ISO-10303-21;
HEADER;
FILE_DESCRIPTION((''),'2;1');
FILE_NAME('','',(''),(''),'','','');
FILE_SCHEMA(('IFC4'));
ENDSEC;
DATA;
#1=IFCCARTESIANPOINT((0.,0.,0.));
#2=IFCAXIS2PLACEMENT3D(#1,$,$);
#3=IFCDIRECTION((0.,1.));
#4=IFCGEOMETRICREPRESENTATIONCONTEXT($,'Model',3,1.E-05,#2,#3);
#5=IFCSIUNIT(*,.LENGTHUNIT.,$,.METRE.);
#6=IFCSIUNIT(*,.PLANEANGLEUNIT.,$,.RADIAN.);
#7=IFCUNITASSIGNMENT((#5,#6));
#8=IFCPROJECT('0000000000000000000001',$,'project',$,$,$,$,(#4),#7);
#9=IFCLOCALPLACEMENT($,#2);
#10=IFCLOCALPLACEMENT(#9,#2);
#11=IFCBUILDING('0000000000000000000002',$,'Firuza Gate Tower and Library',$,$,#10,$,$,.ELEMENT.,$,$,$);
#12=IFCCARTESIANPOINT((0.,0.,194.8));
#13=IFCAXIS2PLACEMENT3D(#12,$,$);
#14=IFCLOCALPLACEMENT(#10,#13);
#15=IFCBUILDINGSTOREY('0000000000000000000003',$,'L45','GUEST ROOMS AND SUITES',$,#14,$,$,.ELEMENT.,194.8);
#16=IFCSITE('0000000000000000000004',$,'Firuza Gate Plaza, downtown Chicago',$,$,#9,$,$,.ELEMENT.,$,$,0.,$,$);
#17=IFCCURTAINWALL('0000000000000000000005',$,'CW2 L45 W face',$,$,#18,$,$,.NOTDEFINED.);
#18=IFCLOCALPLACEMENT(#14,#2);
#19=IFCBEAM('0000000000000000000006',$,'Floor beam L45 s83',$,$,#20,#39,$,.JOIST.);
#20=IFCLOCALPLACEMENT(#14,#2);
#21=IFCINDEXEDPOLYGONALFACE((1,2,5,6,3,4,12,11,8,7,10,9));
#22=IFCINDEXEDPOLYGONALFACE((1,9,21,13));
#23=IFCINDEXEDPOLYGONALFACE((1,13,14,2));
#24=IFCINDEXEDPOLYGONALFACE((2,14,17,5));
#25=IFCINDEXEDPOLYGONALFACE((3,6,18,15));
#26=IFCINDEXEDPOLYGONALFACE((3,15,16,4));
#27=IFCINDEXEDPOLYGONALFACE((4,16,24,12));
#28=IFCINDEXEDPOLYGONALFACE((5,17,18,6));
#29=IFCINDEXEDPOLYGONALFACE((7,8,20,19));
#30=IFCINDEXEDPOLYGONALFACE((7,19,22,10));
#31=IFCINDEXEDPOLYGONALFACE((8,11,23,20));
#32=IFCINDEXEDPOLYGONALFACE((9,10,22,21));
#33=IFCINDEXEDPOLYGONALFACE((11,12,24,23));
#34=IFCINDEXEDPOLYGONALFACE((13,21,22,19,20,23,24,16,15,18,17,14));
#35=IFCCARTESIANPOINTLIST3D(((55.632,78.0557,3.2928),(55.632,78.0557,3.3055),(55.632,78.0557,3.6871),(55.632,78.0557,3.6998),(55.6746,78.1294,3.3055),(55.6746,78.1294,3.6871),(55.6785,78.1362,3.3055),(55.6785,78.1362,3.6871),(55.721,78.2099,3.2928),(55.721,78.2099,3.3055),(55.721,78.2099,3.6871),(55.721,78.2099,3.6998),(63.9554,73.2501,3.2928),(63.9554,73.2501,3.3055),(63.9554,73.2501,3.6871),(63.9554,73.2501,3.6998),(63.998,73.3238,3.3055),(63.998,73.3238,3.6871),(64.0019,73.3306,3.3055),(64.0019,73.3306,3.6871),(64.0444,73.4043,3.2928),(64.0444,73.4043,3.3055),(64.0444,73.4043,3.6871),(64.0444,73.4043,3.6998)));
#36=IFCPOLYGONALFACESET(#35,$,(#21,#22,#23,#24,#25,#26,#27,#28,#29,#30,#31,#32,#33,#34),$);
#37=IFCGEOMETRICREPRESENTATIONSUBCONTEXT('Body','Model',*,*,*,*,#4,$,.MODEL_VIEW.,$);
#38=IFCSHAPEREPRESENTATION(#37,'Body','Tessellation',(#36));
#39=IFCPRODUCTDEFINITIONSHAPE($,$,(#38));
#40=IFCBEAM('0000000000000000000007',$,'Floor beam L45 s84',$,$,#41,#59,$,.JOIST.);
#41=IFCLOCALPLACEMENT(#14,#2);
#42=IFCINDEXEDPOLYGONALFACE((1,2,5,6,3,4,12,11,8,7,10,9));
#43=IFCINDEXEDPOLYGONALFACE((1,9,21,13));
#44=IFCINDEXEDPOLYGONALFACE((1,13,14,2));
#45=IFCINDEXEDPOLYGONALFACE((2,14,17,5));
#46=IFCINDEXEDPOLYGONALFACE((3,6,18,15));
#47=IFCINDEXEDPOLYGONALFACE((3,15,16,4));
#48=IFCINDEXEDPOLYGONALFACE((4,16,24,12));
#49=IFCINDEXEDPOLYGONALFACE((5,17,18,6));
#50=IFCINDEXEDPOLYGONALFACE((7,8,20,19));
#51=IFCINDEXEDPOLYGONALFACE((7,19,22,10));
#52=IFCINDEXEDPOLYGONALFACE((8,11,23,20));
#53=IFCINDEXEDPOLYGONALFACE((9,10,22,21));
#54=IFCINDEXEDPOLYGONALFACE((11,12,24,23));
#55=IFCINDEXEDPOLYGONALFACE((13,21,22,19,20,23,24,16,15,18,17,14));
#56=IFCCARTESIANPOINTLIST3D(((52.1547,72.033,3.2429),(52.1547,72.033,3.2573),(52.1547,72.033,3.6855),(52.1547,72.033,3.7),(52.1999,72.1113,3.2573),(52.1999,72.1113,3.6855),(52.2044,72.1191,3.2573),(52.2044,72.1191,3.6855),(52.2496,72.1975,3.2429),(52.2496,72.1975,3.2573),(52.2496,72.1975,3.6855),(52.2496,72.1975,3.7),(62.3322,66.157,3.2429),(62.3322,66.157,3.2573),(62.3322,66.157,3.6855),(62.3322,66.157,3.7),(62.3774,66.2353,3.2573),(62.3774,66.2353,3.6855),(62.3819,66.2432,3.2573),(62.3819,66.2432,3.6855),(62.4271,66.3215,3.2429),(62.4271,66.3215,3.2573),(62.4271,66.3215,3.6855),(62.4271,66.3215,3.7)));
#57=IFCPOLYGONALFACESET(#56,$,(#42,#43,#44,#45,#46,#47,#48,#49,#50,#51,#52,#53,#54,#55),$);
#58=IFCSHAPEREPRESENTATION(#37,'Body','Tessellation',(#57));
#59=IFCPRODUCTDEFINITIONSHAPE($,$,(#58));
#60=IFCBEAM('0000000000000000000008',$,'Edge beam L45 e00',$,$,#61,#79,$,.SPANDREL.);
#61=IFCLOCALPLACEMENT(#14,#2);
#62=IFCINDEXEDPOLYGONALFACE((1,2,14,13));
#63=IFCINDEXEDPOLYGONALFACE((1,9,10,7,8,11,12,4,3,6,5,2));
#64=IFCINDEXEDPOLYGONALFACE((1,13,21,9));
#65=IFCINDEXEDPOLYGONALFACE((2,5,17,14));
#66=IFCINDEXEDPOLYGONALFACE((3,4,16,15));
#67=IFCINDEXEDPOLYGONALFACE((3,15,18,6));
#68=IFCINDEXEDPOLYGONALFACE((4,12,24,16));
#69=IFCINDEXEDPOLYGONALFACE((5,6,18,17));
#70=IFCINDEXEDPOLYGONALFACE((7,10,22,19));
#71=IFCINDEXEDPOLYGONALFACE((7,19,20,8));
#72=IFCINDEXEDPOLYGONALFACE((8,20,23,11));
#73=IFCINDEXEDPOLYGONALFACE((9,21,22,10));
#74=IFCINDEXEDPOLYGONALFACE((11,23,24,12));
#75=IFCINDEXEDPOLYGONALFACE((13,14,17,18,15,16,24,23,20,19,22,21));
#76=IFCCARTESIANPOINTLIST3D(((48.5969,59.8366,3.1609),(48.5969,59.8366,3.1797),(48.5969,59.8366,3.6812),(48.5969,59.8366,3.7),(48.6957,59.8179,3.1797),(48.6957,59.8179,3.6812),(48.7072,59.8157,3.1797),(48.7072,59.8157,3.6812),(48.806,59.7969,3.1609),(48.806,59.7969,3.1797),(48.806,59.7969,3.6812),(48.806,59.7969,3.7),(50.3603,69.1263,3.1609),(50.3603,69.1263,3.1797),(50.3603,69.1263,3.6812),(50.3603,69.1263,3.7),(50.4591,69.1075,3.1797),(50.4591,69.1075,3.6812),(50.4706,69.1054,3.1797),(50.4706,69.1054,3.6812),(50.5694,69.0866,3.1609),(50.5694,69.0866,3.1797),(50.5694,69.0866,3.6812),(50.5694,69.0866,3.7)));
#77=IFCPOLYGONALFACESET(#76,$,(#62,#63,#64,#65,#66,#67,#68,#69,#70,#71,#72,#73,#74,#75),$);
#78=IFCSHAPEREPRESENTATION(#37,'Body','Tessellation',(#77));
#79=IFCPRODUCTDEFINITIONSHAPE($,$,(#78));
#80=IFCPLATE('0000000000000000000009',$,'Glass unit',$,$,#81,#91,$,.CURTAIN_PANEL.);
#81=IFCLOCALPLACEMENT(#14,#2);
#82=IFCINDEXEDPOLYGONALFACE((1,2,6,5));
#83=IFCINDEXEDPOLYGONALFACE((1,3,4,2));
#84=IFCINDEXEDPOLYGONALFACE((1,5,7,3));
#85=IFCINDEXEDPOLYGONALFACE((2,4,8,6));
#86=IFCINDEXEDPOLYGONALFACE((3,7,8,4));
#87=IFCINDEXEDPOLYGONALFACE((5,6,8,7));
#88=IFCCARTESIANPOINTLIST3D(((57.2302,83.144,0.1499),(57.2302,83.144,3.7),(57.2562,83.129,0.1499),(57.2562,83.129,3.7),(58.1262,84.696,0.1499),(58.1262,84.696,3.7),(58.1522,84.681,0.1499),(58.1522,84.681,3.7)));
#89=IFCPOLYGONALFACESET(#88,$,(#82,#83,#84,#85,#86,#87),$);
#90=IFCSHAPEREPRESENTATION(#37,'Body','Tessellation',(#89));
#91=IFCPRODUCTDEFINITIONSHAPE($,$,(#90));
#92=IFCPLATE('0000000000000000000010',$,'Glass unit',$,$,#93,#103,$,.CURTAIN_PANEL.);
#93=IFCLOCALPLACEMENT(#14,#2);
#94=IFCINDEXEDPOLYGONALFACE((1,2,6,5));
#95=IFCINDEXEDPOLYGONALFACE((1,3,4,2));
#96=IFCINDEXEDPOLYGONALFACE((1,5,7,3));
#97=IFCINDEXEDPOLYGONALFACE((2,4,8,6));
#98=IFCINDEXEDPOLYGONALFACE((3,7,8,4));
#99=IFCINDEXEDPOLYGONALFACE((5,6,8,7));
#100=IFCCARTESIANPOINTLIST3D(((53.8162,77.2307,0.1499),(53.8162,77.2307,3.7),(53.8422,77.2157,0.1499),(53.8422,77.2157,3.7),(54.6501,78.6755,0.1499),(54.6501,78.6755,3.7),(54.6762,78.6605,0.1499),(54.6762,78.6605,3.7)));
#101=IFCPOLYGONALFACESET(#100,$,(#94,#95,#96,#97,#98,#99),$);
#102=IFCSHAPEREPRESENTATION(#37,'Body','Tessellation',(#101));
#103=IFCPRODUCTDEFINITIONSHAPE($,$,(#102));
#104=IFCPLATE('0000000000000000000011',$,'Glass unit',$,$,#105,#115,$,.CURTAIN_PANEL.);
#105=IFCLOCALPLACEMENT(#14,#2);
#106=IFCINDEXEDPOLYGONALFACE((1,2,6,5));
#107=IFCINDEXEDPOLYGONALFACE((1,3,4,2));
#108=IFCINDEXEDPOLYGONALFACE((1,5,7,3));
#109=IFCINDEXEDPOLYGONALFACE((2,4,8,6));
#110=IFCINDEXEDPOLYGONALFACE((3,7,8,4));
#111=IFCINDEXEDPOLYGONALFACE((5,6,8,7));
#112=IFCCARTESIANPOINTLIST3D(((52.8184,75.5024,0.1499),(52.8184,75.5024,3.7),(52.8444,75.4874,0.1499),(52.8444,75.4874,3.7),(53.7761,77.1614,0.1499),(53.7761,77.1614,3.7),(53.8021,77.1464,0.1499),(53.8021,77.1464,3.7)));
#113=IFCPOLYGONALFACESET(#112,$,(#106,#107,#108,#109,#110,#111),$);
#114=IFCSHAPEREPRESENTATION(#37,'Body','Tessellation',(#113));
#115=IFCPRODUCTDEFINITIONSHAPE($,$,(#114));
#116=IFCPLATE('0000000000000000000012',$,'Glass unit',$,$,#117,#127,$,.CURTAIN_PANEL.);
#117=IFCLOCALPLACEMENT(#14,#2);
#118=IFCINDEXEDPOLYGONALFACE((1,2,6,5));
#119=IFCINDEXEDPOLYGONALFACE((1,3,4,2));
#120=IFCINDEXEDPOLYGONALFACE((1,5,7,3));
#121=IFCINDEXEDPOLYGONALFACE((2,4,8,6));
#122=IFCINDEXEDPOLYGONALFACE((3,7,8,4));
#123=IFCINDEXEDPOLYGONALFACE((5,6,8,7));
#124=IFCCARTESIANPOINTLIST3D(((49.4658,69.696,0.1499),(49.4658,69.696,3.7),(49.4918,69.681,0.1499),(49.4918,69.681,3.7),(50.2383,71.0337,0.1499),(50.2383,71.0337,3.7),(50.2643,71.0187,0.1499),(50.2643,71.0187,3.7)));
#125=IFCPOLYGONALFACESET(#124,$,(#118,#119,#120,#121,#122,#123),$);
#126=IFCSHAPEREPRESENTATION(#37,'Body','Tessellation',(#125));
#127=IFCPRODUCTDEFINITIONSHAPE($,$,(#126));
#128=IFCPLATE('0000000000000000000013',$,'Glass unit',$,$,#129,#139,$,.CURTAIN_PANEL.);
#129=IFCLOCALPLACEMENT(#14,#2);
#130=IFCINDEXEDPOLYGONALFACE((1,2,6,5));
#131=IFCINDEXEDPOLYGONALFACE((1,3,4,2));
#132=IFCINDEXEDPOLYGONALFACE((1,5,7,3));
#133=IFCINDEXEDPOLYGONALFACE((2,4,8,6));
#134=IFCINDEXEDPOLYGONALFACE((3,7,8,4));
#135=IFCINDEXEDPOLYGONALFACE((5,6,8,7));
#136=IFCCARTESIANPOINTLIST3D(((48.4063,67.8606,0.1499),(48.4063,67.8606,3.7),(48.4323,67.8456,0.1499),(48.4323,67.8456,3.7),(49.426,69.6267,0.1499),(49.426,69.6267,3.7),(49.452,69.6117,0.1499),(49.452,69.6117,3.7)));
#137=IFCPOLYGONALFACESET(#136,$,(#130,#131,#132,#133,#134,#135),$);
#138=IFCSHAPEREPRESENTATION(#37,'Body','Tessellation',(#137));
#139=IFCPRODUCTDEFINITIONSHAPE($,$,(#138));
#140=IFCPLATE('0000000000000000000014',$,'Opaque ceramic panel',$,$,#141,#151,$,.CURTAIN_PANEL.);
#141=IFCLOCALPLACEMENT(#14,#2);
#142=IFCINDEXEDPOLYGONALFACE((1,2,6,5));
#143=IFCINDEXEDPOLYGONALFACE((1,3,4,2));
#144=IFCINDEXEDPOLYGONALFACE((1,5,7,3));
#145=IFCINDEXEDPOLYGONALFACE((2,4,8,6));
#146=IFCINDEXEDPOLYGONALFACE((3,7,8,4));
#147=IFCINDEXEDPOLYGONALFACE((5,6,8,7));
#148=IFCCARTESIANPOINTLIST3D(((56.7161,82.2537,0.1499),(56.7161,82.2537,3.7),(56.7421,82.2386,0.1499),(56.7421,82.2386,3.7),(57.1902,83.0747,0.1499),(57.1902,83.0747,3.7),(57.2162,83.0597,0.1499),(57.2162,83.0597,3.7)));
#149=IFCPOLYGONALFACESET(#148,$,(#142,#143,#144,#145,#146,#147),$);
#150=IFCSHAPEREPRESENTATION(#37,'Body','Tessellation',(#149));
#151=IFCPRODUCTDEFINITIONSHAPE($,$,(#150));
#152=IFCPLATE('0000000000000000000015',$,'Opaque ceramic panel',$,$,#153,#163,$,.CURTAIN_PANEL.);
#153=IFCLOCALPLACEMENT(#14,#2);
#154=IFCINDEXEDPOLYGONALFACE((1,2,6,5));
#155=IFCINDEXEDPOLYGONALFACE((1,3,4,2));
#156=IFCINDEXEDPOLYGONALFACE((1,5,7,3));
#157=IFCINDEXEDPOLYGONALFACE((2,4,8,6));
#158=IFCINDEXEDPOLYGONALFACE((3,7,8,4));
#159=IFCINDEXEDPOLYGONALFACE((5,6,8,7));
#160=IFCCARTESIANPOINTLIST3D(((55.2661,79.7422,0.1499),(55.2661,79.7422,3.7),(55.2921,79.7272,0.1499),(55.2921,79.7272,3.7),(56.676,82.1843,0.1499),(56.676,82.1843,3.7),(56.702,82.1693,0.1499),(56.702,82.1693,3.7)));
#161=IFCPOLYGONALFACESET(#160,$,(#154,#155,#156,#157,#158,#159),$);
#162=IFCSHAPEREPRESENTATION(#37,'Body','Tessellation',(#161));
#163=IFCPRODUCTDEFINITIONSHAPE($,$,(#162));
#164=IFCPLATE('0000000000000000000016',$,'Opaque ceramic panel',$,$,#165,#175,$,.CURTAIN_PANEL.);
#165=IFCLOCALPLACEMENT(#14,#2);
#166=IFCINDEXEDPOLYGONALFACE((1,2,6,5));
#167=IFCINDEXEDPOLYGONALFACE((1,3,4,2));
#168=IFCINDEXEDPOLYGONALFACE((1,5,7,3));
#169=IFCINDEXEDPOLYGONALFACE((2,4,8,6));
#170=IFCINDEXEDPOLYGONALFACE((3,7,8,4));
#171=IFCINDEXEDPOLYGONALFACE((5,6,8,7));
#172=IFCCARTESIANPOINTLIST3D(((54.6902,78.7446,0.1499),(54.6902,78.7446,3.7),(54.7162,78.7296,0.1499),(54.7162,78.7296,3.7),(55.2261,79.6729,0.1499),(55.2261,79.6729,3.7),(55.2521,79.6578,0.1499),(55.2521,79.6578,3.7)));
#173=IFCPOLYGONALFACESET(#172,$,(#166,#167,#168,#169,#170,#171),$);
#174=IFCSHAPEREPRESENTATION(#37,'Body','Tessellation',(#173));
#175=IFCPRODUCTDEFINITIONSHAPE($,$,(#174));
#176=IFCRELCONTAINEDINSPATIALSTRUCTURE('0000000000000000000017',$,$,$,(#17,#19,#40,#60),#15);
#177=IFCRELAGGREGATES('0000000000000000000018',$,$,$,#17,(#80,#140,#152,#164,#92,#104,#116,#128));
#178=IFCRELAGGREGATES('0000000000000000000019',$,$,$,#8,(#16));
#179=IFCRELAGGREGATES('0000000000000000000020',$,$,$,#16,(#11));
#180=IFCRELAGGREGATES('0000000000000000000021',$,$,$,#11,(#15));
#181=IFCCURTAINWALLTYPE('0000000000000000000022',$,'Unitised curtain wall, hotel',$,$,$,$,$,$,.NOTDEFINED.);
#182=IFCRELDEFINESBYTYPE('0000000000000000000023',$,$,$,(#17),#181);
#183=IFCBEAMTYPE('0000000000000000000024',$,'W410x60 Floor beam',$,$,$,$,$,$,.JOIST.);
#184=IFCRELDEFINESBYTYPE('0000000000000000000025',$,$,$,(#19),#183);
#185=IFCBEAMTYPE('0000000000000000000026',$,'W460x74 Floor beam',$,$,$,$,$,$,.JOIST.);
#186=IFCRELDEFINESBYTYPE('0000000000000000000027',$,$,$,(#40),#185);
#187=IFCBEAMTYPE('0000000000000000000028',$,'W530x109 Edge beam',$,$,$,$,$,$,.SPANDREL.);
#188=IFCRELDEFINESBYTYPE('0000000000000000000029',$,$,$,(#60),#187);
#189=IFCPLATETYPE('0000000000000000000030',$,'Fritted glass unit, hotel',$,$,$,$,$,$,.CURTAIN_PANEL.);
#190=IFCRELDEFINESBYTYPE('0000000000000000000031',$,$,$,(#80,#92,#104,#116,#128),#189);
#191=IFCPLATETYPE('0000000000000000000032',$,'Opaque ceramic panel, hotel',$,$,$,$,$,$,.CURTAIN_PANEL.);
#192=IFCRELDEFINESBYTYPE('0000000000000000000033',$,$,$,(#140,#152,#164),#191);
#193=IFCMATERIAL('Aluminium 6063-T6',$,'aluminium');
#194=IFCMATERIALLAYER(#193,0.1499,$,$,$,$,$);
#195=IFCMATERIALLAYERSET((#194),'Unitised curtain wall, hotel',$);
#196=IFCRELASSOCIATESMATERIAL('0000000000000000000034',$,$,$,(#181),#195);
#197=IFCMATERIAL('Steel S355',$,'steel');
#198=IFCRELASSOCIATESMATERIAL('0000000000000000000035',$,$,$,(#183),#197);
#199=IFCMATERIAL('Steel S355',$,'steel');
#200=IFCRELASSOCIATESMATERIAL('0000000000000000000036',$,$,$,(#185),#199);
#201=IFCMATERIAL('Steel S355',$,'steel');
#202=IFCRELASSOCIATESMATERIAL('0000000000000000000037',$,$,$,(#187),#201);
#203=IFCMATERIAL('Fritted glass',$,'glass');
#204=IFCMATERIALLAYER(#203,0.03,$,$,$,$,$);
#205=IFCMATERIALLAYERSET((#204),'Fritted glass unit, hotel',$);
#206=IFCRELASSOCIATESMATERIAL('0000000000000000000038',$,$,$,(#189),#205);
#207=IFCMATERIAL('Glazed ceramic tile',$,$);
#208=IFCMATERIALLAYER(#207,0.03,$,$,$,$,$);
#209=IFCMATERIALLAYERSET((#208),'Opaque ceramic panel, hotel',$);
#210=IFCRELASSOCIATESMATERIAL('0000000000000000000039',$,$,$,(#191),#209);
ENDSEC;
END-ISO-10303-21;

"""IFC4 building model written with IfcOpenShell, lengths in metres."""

from ifc_helpers import new_model, si_unit, direction, frame, origin, origin_2d, place, context, subcontext, project, spatial, polyline, i_section, outline, extrude, material, layer, layer_set, material_profile, profile_set, type_object, element, aggregate, save


model = new_model("IFC4")

# Units and contexts
model_context = context("Model", 3, precision=1e-05, world=origin(), true_north=direction((0.0, 1.0)))
body_context = subcontext(model_context, "Body", "Model", "MODEL_VIEW")
ifc_project = project(units=[si_unit("LENGTHUNIT", "METRE"), si_unit("PLANEANGLEUNIT", "RADIAN")], contexts=[model_context])

# Site, building, storey
site_placement = place(None, origin())
site = spatial("IfcSite", under=ifc_project, at=site_placement, Name="Firuza Gate Plaza, downtown Chicago", CompositionType="ELEMENT", RefElevation=0.0)
building_placement = place(site_placement, origin())
building = spatial("IfcBuilding", under=site, at=building_placement, Name="Firuza Gate Tower and Library", CompositionType="ELEMENT")
storey_placement = place(building_placement, frame((0.0, 0.0, 194.8)))
storey = spatial("IfcBuildingStorey", under=building, at=storey_placement, Name="L45", Description="GUEST ROOMS AND SUITES", CompositionType="ELEMENT", Elevation=194.8)

# Curtain wall
ifc_material_1 = material(Name="Aluminium 6063-T6", Category="aluminium")
ifc_layer_1 = layer(ifc_material_1, 0.1499)
ifc_layer_set_1 = layer_set([ifc_layer_1], Name="Unitised curtain wall, hotel")
curtain_wall_type = type_object("IfcCurtainWallType", Name="Unitised curtain wall, hotel", PredefinedType="NOTDEFINED", material=ifc_layer_set_1)
curtain_wall_placement = place(storey_placement, origin())
curtain_wall = element("IfcCurtainWall", 1, at=curtain_wall_placement, inside=storey, type_object=curtain_wall_type, Name="CW2 L45 W face", PredefinedType="NOTDEFINED")

# Beams
ifc_material_2 = material(Name="Steel S355", Category="steel")
ifc_material_profile_1 = material_profile(ifc_material_2, i_section(OverallWidth=0.178, OverallDepth=0.407, WebThickness=0.0078, FlangeThickness=0.0127, at=origin_2d()))
ifc_profile_set_1 = profile_set([ifc_material_profile_1], Name="Steel S355")
beam_type_1 = type_object("IfcBeamType", Name="W410x60 Floor beam", PredefinedType="JOIST", material=ifc_profile_set_1)
beam_1_placement = place(storey_placement, frame((55.6765, 78.1328, 3.4963), z_axis=(0.866021, -0.500008, 0.0), x_axis=(0.500008, 0.866021, 0.0)))
element("IfcBeam", 2, at=beam_1_placement, inside=storey, type_object=beam_type_1, Name="Floor beam L45 s83", PredefinedType="JOIST", context=body_context, shape_type="SweptSolid", body=[
    extrude(i_section(OverallWidth=0.178, OverallDepth=0.407, WebThickness=0.0078, FlangeThickness=0.0127, at=origin_2d()), origin(), (0.0, 0.0, 1.0), 9.6111),
])
ifc_material_3 = material(Name="Steel S355", Category="steel")
ifc_material_profile_2 = material_profile(ifc_material_3, i_section(OverallWidth=0.1899, OverallDepth=0.457, WebThickness=0.009, FlangeThickness=0.0144, at=origin_2d()))
ifc_profile_set_2 = profile_set([ifc_material_profile_2], Name="Steel S355")
beam_type_2 = type_object("IfcBeamType", Name="W460x74 Floor beam", PredefinedType="JOIST", material=ifc_profile_set_2)
beam_2_placement = place(storey_placement, frame((52.2021, 72.1152, 3.4714), z_axis=(0.866025, -0.5, 0.0), x_axis=(0.5, 0.866025, 0.0)))
element("IfcBeam", 3, at=beam_2_placement, inside=storey, type_object=beam_type_2, Name="Floor beam L45 s84", PredefinedType="JOIST", context=body_context, shape_type="SweptSolid", body=[
    extrude(i_section(OverallWidth=0.1899, OverallDepth=0.457, WebThickness=0.009, FlangeThickness=0.0144, at=origin_2d()), origin(), (0.0, 0.0, 1.0), 11.752),
])
ifc_material_4 = material(Name="Steel S355", Category="steel")
ifc_material_profile_3 = material_profile(ifc_material_4, i_section(OverallWidth=0.2129, OverallDepth=0.5391, WebThickness=0.0117, FlangeThickness=0.0188, at=origin_2d()))
ifc_profile_set_3 = profile_set([ifc_material_profile_3], Name="Steel S355")
beam_type_3 = type_object("IfcBeamType", Name="W530x109 Edge beam", PredefinedType="SPANDREL", material=ifc_profile_set_3)
beam_3_placement = place(storey_placement, frame((50.4648, 69.1064, 3.4304), z_axis=(-0.186494, -0.982456, 0.0), x_axis=(0.982456, -0.186494, 0.0)))
element("IfcBeam", 4, at=beam_3_placement, inside=storey, type_object=beam_type_3, Name="Edge beam L45 e00", PredefinedType="SPANDREL", context=body_context, shape_type="SweptSolid", body=[
    extrude(i_section(OverallWidth=0.2129, OverallDepth=0.5391, WebThickness=0.0117, FlangeThickness=0.0188, at=origin_2d()), origin(), (0.0, 0.0, 1.0), 9.4556),
])

# Plates
ifc_material_5 = material(Name="Fritted glass", Category="glass")
ifc_layer_2 = layer(ifc_material_5, 0.03)
ifc_layer_set_2 = layer_set([ifc_layer_2], Name="Fritted glass unit, hotel")
plate_type_1 = type_object("IfcPlateType", Name="Fritted glass unit, hotel", PredefinedType="CURTAIN_PANEL", material=ifc_layer_set_2)
plate_1_placement = place(storey_placement, frame((58.1262, 84.696, 0.1499), z_axis=(-0.866038, 0.499978, 0.0), x_axis=(-0.499978, -0.866038, 0.0)))
plate_1 = element("IfcPlate", 5, at=plate_1_placement, type_object=plate_type_1, Name="Glass unit", PredefinedType="CURTAIN_PANEL", context=body_context, shape_type="SweptSolid", body=[
    extrude(outline(polyline([(0.0, 0.0), (1.7921, 0.0), (1.7921, 3.55), (0.0, 3.55), (0.0, 0.0)])), origin(), (0.0, 0.0, -1.0), 0.03),
])
plate_2_placement = place(storey_placement, frame((54.6501, 78.6755, 0.1499), z_axis=(-0.866073, 0.499917, 0.0), x_axis=(-0.499917, -0.866073, 0.0)))
plate_2 = element("IfcPlate", 6, at=plate_2_placement, type_object=plate_type_1, Name="Glass unit", PredefinedType="CURTAIN_PANEL", context=body_context, shape_type="SweptSolid", body=[
    extrude(outline(polyline([(0.0, 0.0), (1.6682, 0.0), (1.6682, 3.55), (0.0, 3.55), (0.0, 0.0)])), origin(), (0.0, 0.0, -1.0), 0.03),
])
plate_3_placement = place(storey_placement, frame((53.7761, 77.1614, 0.1499), z_axis=(-0.866031, 0.499991, 0.0), x_axis=(-0.499991, -0.866031, 0.0)))
plate_3 = element("IfcPlate", 7, at=plate_3_placement, type_object=plate_type_1, Name="Glass unit", PredefinedType="CURTAIN_PANEL", context=body_context, shape_type="SweptSolid", body=[
    extrude(outline(polyline([(0.0, 0.0), (1.9156, 0.0), (1.9156, 3.55), (0.0, 3.55), (0.0, 0.0)])), origin(), (0.0, 0.0, -1.0), 0.03),
])
plate_4_placement = place(storey_placement, frame((50.2383, 71.0337, 0.1499), z_axis=(-0.865978, 0.500083, 0.0), x_axis=(-0.500083, -0.865978, 0.0)))
plate_4 = element("IfcPlate", 8, at=plate_4_placement, type_object=plate_type_1, Name="Glass unit", PredefinedType="CURTAIN_PANEL", context=body_context, shape_type="SweptSolid", body=[
    extrude(outline(polyline([(0.0, 0.0), (1.5447, 0.0), (1.5447, 3.55), (0.0, 3.55), (0.0, 0.0)])), origin(), (0.0, 0.0, -1.0), 0.03),
])
plate_5_placement = place(storey_placement, frame((49.426, 69.6267, 0.1499), z_axis=(-0.866002, 0.50004, 0.0), x_axis=(-0.50004, -0.866002, 0.0)))
plate_5 = element("IfcPlate", 9, at=plate_5_placement, type_object=plate_type_1, Name="Glass unit", PredefinedType="CURTAIN_PANEL", context=body_context, shape_type="SweptSolid", body=[
    extrude(outline(polyline([(0.0, 0.0), (2.0394, 0.0), (2.0394, 3.55), (0.0, 3.55), (0.0, 0.0)])), origin(), (0.0, 0.0, -1.0), 0.03),
])
ifc_material_6 = material(Name="Glazed ceramic tile")
ifc_layer_3 = layer(ifc_material_6, 0.03)
ifc_layer_set_3 = layer_set([ifc_layer_3], Name="Opaque ceramic panel, hotel")
plate_type_2 = type_object("IfcPlateType", Name="Opaque ceramic panel, hotel", PredefinedType="CURTAIN_PANEL", material=ifc_layer_set_3)
plate_6_placement = place(storey_placement, frame((57.1902, 83.0747, 0.1499), z_axis=(-0.865984, 0.500072, 0.0), x_axis=(-0.500072, -0.865984, 0.0)))
plate_6 = element("IfcPlate", 10, at=plate_6_placement, type_object=plate_type_2, Name="Opaque ceramic panel", PredefinedType="CURTAIN_PANEL", context=body_context, shape_type="SweptSolid", body=[
    extrude(outline(polyline([(0.0, 0.0), (0.9481, 0.0), (0.9481, 3.55), (0.0, 3.55), (0.0, 0.0)])), origin(), (0.0, 0.0, -1.0), 0.03),
])
plate_7_placement = place(storey_placement, frame((56.676, 82.1843, 0.1499), z_axis=(-0.866034, 0.499985, 0.0), x_axis=(-0.499985, -0.866034, 0.0)))
plate_7 = element("IfcPlate", 11, at=plate_7_placement, type_object=plate_type_2, Name="Opaque ceramic panel", PredefinedType="CURTAIN_PANEL", context=body_context, shape_type="SweptSolid", body=[
    extrude(outline(polyline([(0.0, 0.0), (2.8199, 0.0), (2.8199, 3.55), (0.0, 3.55), (0.0, 0.0)])), origin(), (0.0, 0.0, -1.0), 0.03),
])
plate_8_placement = place(storey_placement, frame((55.2261, 79.6729, 0.1499), z_axis=(-0.866034, 0.499985, 0.0), x_axis=(-0.499985, -0.866034, 0.0)))
plate_8 = element("IfcPlate", 12, at=plate_8_placement, type_object=plate_type_2, Name="Opaque ceramic panel", PredefinedType="CURTAIN_PANEL", context=body_context, shape_type="SweptSolid", body=[
    extrude(outline(polyline([(0.0, 0.0), (1.0718, 0.0), (1.0718, 3.55), (0.0, 3.55), (0.0, 0.0)])), origin(), (0.0, 0.0, -1.0), 0.03),
])
aggregate(curtain_wall, [plate_1, plate_6, plate_7, plate_8, plate_2, plate_3, plate_4, plate_5])

save(model, "model.ifc")
